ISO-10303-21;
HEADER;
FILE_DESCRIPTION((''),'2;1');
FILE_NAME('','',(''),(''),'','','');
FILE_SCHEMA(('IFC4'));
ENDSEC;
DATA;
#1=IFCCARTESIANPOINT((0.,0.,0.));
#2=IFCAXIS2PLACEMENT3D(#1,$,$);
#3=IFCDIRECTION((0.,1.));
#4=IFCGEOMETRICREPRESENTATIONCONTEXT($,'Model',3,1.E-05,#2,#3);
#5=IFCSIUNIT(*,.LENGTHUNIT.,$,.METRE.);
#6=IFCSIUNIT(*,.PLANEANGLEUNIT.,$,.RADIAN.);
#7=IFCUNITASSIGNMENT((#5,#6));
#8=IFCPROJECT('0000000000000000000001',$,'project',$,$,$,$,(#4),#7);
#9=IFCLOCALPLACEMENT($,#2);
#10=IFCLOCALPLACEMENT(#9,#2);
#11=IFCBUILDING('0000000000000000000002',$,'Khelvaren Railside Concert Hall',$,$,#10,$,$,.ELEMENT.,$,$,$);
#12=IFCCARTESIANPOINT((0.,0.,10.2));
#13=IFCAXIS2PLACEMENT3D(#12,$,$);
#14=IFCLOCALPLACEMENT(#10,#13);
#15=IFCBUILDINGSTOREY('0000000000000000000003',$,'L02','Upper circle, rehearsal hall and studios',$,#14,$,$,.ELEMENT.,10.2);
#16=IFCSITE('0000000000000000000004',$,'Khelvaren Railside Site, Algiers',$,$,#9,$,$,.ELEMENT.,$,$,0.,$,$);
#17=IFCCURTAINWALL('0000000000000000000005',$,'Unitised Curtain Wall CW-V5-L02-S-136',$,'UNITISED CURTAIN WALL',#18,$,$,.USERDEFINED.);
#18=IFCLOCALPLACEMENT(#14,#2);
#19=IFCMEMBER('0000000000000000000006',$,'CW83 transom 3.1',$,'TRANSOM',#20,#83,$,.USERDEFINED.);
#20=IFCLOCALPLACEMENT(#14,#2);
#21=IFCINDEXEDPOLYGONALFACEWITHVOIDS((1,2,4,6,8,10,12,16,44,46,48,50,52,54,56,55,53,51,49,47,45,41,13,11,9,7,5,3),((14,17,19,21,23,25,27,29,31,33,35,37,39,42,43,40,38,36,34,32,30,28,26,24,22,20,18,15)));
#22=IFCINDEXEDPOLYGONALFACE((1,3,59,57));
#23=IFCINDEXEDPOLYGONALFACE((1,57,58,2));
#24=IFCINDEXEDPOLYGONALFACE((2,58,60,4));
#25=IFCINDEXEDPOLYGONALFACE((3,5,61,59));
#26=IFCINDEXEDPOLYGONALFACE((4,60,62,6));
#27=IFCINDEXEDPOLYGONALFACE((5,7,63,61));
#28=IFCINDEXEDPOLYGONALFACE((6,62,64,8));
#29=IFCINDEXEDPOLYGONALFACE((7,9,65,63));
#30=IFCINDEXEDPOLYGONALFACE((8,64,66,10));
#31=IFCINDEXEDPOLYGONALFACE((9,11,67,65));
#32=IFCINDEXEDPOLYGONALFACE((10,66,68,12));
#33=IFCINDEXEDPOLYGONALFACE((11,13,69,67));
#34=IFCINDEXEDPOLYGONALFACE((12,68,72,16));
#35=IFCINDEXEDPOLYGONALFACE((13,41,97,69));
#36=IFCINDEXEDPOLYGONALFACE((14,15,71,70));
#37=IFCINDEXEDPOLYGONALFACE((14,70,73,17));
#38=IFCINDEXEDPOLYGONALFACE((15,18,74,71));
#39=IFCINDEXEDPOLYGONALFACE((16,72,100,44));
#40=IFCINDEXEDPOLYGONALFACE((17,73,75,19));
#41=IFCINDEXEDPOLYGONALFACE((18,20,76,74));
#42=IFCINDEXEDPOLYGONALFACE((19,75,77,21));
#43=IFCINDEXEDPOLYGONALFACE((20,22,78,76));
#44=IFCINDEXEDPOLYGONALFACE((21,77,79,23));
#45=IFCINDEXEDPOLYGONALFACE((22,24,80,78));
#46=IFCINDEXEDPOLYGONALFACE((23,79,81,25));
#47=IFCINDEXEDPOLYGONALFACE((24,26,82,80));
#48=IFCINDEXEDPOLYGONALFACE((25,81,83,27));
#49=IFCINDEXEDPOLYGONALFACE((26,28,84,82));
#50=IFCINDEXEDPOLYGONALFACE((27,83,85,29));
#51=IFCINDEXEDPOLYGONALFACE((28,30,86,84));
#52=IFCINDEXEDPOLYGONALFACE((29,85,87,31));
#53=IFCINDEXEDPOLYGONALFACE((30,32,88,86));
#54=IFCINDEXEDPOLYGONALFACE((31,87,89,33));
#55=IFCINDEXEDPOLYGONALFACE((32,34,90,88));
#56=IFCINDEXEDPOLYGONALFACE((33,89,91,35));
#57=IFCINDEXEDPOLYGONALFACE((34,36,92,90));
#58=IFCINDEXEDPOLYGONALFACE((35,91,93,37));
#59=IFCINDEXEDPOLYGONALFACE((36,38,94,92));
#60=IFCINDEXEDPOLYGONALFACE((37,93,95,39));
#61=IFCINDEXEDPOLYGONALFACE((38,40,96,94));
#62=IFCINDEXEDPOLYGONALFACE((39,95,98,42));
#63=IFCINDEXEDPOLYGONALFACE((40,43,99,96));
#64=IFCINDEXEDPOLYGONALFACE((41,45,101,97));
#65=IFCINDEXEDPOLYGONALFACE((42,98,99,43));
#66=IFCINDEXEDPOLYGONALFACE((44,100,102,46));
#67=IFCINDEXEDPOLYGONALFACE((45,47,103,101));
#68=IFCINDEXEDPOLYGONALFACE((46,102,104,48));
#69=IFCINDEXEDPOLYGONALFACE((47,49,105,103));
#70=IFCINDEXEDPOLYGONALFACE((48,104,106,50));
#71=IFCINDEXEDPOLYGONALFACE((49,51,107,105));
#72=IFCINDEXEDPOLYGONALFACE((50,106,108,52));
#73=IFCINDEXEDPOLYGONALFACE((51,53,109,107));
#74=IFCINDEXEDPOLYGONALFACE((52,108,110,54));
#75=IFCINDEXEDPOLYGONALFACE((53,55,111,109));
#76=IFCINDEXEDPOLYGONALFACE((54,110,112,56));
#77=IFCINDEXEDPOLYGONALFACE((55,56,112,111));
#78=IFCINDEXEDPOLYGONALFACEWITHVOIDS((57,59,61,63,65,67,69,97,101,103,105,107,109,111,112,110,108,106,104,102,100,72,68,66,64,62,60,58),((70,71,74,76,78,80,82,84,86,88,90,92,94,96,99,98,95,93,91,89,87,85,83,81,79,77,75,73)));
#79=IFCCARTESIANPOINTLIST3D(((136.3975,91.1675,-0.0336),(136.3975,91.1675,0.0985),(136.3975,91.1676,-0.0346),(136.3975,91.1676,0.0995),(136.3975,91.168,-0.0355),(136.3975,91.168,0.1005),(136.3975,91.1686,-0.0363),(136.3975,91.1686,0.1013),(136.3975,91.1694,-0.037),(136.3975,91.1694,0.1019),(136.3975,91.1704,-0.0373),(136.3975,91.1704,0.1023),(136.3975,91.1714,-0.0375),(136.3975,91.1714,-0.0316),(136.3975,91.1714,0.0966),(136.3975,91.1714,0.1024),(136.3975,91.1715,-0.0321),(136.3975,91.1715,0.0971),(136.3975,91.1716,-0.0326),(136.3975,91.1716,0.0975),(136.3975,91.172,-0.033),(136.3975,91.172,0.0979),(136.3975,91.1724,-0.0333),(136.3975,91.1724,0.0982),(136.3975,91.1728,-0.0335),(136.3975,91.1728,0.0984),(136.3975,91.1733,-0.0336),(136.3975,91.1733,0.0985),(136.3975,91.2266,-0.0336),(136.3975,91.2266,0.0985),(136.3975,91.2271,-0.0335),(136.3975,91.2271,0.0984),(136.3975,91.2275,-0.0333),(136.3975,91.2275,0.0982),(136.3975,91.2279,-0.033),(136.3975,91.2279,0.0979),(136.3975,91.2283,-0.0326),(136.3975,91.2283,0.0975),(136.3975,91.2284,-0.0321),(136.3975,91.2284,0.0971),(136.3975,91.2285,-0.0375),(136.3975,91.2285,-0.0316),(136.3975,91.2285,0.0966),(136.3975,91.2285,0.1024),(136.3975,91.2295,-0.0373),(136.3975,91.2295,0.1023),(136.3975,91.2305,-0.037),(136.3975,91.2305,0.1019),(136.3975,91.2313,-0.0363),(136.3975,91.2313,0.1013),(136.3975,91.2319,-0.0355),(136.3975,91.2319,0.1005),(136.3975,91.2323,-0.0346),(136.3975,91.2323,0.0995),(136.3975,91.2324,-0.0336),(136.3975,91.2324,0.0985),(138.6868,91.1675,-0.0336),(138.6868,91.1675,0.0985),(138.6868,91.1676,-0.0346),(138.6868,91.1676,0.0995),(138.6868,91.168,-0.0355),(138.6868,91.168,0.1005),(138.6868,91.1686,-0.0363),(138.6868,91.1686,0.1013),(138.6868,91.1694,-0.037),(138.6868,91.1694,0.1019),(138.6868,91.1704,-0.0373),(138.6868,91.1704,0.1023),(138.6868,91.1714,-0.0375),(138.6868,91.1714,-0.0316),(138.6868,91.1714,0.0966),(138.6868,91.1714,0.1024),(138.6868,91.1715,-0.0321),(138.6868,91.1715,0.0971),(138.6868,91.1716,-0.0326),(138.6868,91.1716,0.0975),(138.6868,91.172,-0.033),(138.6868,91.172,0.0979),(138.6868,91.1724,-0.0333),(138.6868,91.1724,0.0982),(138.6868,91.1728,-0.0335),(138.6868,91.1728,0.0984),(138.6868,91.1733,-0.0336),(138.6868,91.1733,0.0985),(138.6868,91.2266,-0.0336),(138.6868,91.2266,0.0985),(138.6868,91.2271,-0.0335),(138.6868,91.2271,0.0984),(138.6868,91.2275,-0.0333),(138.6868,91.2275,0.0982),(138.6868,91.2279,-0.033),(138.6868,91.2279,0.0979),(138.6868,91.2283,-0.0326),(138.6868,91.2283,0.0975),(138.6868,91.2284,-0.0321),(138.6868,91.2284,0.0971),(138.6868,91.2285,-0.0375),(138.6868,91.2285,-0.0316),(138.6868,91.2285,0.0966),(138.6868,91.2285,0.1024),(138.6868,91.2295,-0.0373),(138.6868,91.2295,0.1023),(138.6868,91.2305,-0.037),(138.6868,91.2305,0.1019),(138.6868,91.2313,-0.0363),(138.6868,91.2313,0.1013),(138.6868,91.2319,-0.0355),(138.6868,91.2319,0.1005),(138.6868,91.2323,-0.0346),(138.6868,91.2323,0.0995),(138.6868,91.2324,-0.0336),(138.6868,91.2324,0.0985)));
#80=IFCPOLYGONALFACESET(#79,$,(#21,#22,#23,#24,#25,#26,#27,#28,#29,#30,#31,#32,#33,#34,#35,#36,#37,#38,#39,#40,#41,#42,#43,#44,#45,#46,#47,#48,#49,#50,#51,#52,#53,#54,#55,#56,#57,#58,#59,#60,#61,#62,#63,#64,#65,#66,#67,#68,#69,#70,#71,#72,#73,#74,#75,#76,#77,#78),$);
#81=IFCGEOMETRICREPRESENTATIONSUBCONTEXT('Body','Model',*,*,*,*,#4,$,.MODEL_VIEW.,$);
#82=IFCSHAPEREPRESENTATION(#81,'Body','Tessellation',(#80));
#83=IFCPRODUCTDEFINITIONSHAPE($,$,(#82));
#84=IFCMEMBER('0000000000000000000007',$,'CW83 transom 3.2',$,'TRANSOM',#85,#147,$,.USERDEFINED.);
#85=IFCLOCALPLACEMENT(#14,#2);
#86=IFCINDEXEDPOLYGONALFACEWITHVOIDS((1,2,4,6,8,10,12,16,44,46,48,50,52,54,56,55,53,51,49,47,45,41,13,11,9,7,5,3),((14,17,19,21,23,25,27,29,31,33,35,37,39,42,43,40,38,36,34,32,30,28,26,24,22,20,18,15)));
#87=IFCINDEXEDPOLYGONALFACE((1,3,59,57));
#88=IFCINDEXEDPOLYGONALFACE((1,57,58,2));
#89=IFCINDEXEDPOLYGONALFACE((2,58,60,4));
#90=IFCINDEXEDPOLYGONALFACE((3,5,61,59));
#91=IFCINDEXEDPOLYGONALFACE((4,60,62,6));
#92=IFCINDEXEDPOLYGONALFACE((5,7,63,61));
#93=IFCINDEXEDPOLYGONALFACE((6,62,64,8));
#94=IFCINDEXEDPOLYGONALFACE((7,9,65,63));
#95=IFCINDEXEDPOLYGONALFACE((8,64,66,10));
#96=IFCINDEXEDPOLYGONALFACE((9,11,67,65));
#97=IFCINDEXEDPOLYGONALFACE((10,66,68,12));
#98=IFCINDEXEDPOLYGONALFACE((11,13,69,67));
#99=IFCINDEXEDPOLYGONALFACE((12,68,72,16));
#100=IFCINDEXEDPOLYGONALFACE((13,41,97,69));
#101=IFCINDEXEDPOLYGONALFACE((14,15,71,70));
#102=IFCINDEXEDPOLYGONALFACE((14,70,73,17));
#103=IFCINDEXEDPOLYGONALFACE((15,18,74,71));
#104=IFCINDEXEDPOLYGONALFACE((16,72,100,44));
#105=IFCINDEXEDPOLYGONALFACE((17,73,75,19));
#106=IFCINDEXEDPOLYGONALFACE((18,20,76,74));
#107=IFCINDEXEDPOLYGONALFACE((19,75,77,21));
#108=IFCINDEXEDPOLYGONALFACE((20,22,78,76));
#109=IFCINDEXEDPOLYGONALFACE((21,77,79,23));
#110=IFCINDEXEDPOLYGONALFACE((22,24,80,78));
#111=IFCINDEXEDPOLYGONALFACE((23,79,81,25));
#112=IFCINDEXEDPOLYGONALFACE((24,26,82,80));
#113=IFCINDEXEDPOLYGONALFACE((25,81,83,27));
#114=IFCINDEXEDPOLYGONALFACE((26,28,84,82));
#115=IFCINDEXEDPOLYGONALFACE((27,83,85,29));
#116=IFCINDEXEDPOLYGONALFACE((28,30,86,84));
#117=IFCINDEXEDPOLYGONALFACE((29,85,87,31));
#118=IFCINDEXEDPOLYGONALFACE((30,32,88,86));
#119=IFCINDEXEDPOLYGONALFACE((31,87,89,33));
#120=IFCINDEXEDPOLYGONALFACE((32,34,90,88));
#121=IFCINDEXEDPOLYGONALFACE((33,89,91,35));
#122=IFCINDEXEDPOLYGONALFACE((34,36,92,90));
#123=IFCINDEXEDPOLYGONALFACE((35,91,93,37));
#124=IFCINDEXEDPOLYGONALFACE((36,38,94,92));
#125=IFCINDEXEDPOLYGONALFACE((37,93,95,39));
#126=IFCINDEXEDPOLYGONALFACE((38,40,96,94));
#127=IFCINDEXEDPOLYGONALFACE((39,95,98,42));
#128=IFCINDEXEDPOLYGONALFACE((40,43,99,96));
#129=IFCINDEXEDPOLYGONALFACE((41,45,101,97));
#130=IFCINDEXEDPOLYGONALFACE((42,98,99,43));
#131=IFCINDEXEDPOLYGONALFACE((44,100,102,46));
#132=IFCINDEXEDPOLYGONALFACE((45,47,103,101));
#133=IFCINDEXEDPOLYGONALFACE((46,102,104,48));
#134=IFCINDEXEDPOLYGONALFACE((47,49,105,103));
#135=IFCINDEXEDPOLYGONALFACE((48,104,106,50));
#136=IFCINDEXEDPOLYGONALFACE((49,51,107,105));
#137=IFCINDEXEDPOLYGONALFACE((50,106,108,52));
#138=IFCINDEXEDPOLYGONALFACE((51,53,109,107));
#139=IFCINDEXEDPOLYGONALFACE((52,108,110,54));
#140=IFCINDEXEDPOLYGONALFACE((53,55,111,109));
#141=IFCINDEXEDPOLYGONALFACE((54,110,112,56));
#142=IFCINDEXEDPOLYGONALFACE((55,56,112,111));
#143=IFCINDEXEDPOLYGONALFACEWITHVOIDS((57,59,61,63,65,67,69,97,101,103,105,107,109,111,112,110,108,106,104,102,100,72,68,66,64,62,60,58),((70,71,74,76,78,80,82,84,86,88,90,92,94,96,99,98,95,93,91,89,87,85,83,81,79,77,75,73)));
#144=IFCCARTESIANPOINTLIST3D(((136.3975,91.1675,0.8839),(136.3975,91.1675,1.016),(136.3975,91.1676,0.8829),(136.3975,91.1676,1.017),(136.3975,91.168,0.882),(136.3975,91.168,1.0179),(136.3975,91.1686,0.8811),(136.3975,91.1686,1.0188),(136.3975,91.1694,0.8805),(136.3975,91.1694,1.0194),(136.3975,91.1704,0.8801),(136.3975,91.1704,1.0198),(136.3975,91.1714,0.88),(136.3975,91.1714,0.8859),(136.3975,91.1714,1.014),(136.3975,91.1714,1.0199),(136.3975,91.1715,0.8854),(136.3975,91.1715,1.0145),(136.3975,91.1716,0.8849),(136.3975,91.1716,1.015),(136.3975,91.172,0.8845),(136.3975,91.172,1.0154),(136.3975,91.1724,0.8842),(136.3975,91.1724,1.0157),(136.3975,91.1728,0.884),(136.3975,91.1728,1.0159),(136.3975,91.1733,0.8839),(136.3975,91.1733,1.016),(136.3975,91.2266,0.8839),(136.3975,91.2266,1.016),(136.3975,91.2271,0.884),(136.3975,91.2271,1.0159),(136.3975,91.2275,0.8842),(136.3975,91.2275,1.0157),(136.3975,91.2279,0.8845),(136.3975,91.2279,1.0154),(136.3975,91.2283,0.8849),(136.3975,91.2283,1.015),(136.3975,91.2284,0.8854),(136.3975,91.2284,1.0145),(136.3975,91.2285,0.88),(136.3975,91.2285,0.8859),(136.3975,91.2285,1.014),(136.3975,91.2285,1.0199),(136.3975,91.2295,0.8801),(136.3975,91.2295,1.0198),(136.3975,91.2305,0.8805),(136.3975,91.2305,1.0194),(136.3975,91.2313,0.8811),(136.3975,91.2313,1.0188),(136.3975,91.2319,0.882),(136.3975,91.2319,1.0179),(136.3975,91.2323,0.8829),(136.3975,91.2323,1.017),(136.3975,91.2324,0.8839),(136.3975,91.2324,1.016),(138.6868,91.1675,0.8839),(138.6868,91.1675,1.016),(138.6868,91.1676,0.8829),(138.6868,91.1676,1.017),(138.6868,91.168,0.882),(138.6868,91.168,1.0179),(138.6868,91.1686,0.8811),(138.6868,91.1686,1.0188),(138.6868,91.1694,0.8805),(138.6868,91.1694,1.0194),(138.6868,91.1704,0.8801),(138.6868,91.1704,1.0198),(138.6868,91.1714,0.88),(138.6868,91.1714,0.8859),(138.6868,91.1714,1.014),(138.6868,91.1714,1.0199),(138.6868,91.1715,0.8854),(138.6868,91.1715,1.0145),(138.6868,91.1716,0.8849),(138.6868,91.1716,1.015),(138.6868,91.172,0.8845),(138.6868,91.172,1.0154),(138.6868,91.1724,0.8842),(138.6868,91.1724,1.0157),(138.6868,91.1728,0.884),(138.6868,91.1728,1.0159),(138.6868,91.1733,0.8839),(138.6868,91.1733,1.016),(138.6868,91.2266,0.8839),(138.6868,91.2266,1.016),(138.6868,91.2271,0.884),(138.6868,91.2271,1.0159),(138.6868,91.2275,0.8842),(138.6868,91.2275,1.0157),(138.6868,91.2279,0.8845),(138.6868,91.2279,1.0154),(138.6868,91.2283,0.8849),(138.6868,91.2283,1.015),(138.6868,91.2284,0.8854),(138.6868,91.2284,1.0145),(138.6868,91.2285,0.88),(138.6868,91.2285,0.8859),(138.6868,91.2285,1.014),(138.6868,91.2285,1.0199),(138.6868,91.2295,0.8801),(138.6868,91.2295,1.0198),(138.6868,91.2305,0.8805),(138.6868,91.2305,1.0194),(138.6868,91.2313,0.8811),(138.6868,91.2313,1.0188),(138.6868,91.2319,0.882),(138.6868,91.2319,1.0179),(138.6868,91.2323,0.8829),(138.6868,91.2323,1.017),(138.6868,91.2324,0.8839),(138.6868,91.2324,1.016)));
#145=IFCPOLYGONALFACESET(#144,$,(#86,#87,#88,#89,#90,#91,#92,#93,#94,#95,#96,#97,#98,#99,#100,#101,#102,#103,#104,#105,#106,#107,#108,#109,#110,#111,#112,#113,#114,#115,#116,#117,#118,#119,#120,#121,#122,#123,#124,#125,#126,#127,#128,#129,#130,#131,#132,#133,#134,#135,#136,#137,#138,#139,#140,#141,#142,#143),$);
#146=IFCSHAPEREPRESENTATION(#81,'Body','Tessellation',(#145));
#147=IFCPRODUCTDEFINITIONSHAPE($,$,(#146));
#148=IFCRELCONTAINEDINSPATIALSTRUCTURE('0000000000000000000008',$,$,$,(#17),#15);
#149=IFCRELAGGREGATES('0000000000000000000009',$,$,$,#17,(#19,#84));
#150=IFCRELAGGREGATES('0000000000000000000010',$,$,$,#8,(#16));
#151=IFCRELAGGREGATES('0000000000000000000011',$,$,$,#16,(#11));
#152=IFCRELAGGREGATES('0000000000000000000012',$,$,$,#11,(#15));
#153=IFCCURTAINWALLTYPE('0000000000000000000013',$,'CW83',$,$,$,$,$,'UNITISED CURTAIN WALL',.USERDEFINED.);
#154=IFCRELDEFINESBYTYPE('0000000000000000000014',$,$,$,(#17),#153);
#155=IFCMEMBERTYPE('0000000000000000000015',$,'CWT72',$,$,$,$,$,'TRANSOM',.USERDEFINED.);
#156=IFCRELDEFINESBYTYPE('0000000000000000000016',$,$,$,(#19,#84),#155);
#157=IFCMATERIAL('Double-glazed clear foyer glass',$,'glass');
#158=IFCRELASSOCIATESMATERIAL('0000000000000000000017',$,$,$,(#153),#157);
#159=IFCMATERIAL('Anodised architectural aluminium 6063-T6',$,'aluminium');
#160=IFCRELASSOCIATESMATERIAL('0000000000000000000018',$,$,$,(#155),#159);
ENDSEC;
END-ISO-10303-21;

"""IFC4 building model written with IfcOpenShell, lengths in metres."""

from ifc_helpers import new_model, si_unit, direction, frame, origin, origin_2d, place, context, subcontext, project, spatial, hollow_rectangle, extrude, material, material_profile, profile_set, type_object, element, aggregate, save


model = new_model("IFC4")

# Units and contexts
model_context = context("Model", 3, precision=1e-05, world=origin(), true_north=direction((0.0, 1.0)))
body_context = subcontext(model_context, "Body", "Model", "MODEL_VIEW")
ifc_project = project(units=[si_unit("LENGTHUNIT", "METRE"), si_unit("PLANEANGLEUNIT", "RADIAN")], contexts=[model_context])

# Site, building, storey
site_placement = place(None, origin())
site = spatial("IfcSite", under=ifc_project, at=site_placement, Name="Khelvaren Railside Site, Algiers", CompositionType="ELEMENT", RefElevation=0.0)
building_placement = place(site_placement, origin())
building = spatial("IfcBuilding", under=site, at=building_placement, Name="Khelvaren Railside Concert Hall", CompositionType="ELEMENT")
storey_placement = place(building_placement, frame((0.0, 0.0, 10.2)))
storey = spatial("IfcBuildingStorey", under=building, at=storey_placement, Name="L02", Description="Upper circle, rehearsal hall and studios", CompositionType="ELEMENT", Elevation=10.2)

# Shared definitions
ifc_material_1 = material(Name="Double-glazed clear foyer glass", Category="glass")
ifc_material_2 = material(Name="Anodised architectural aluminium 6063-T6", Category="aluminium")

# Curtain wall
curtain_wall_type_1 = type_object("IfcCurtainWallType", Name="CW83", ElementType="UNITISED CURTAIN WALL", PredefinedType="USERDEFINED", material=ifc_material_1)
curtain_wall_1_placement = place(storey_placement, origin())
curtain_wall_1 = element("IfcCurtainWall", 1, at=curtain_wall_1_placement, inside=storey, type_object=curtain_wall_type_1, Name="Unitised Curtain Wall CW-V5-L02-S-136", ObjectType="UNITISED CURTAIN WALL", PredefinedType="USERDEFINED")

# Members
ifc_material_profile_1 = material_profile(ifc_material_2, hollow_rectangle(XDim=0.0649, YDim=0.1399, WallThickness=0.0039, InnerFilletRadius=0.002, OuterFilletRadius=0.0039, at=origin_2d()), Name="CWT 65x140x4")
ifc_profile_set_1 = profile_set([ifc_material_profile_1], Name="Anodised architectural aluminium 6063-T6")
member_type_1 = type_object("IfcMemberType", Name="CWT72", ElementType="TRANSOM", PredefinedType="USERDEFINED", material=ifc_profile_set_1)
member_1_placement = place(storey_placement, frame((138.6868, 91.2, 0.0325), z_axis=(-1.0, 0.0, 0.0), x_axis=(0.0, -1.0, 0.0)))
member_1 = element("IfcMember", 2, at=member_1_placement, type_object=member_type_1, Name="CW83 transom 3.1", ObjectType="TRANSOM", PredefinedType="USERDEFINED", context=body_context, shape_type="SweptSolid", body=[
    extrude(hollow_rectangle(XDim=0.0649, YDim=0.1399, WallThickness=0.0039, InnerFilletRadius=0.002, OuterFilletRadius=0.0039, at=origin_2d()), origin(), (0.0, 0.0, 1.0), 2.2893),
])
member_2_placement = place(storey_placement, frame((138.6868, 91.2, 0.95), z_axis=(-1.0, 0.0, 0.0), x_axis=(0.0, -1.0, 0.0)))
member_2 = element("IfcMember", 3, at=member_2_placement, type_object=member_type_1, Name="CW83 transom 3.2", ObjectType="TRANSOM", PredefinedType="USERDEFINED", context=body_context, shape_type="SweptSolid", body=[
    extrude(hollow_rectangle(XDim=0.0649, YDim=0.1399, WallThickness=0.0039, InnerFilletRadius=0.002, OuterFilletRadius=0.0039, at=origin_2d()), origin(), (0.0, 0.0, 1.0), 2.2893),
])

aggregate(curtain_wall_1, [member_1, member_2])

save(model, "model.ifc")
